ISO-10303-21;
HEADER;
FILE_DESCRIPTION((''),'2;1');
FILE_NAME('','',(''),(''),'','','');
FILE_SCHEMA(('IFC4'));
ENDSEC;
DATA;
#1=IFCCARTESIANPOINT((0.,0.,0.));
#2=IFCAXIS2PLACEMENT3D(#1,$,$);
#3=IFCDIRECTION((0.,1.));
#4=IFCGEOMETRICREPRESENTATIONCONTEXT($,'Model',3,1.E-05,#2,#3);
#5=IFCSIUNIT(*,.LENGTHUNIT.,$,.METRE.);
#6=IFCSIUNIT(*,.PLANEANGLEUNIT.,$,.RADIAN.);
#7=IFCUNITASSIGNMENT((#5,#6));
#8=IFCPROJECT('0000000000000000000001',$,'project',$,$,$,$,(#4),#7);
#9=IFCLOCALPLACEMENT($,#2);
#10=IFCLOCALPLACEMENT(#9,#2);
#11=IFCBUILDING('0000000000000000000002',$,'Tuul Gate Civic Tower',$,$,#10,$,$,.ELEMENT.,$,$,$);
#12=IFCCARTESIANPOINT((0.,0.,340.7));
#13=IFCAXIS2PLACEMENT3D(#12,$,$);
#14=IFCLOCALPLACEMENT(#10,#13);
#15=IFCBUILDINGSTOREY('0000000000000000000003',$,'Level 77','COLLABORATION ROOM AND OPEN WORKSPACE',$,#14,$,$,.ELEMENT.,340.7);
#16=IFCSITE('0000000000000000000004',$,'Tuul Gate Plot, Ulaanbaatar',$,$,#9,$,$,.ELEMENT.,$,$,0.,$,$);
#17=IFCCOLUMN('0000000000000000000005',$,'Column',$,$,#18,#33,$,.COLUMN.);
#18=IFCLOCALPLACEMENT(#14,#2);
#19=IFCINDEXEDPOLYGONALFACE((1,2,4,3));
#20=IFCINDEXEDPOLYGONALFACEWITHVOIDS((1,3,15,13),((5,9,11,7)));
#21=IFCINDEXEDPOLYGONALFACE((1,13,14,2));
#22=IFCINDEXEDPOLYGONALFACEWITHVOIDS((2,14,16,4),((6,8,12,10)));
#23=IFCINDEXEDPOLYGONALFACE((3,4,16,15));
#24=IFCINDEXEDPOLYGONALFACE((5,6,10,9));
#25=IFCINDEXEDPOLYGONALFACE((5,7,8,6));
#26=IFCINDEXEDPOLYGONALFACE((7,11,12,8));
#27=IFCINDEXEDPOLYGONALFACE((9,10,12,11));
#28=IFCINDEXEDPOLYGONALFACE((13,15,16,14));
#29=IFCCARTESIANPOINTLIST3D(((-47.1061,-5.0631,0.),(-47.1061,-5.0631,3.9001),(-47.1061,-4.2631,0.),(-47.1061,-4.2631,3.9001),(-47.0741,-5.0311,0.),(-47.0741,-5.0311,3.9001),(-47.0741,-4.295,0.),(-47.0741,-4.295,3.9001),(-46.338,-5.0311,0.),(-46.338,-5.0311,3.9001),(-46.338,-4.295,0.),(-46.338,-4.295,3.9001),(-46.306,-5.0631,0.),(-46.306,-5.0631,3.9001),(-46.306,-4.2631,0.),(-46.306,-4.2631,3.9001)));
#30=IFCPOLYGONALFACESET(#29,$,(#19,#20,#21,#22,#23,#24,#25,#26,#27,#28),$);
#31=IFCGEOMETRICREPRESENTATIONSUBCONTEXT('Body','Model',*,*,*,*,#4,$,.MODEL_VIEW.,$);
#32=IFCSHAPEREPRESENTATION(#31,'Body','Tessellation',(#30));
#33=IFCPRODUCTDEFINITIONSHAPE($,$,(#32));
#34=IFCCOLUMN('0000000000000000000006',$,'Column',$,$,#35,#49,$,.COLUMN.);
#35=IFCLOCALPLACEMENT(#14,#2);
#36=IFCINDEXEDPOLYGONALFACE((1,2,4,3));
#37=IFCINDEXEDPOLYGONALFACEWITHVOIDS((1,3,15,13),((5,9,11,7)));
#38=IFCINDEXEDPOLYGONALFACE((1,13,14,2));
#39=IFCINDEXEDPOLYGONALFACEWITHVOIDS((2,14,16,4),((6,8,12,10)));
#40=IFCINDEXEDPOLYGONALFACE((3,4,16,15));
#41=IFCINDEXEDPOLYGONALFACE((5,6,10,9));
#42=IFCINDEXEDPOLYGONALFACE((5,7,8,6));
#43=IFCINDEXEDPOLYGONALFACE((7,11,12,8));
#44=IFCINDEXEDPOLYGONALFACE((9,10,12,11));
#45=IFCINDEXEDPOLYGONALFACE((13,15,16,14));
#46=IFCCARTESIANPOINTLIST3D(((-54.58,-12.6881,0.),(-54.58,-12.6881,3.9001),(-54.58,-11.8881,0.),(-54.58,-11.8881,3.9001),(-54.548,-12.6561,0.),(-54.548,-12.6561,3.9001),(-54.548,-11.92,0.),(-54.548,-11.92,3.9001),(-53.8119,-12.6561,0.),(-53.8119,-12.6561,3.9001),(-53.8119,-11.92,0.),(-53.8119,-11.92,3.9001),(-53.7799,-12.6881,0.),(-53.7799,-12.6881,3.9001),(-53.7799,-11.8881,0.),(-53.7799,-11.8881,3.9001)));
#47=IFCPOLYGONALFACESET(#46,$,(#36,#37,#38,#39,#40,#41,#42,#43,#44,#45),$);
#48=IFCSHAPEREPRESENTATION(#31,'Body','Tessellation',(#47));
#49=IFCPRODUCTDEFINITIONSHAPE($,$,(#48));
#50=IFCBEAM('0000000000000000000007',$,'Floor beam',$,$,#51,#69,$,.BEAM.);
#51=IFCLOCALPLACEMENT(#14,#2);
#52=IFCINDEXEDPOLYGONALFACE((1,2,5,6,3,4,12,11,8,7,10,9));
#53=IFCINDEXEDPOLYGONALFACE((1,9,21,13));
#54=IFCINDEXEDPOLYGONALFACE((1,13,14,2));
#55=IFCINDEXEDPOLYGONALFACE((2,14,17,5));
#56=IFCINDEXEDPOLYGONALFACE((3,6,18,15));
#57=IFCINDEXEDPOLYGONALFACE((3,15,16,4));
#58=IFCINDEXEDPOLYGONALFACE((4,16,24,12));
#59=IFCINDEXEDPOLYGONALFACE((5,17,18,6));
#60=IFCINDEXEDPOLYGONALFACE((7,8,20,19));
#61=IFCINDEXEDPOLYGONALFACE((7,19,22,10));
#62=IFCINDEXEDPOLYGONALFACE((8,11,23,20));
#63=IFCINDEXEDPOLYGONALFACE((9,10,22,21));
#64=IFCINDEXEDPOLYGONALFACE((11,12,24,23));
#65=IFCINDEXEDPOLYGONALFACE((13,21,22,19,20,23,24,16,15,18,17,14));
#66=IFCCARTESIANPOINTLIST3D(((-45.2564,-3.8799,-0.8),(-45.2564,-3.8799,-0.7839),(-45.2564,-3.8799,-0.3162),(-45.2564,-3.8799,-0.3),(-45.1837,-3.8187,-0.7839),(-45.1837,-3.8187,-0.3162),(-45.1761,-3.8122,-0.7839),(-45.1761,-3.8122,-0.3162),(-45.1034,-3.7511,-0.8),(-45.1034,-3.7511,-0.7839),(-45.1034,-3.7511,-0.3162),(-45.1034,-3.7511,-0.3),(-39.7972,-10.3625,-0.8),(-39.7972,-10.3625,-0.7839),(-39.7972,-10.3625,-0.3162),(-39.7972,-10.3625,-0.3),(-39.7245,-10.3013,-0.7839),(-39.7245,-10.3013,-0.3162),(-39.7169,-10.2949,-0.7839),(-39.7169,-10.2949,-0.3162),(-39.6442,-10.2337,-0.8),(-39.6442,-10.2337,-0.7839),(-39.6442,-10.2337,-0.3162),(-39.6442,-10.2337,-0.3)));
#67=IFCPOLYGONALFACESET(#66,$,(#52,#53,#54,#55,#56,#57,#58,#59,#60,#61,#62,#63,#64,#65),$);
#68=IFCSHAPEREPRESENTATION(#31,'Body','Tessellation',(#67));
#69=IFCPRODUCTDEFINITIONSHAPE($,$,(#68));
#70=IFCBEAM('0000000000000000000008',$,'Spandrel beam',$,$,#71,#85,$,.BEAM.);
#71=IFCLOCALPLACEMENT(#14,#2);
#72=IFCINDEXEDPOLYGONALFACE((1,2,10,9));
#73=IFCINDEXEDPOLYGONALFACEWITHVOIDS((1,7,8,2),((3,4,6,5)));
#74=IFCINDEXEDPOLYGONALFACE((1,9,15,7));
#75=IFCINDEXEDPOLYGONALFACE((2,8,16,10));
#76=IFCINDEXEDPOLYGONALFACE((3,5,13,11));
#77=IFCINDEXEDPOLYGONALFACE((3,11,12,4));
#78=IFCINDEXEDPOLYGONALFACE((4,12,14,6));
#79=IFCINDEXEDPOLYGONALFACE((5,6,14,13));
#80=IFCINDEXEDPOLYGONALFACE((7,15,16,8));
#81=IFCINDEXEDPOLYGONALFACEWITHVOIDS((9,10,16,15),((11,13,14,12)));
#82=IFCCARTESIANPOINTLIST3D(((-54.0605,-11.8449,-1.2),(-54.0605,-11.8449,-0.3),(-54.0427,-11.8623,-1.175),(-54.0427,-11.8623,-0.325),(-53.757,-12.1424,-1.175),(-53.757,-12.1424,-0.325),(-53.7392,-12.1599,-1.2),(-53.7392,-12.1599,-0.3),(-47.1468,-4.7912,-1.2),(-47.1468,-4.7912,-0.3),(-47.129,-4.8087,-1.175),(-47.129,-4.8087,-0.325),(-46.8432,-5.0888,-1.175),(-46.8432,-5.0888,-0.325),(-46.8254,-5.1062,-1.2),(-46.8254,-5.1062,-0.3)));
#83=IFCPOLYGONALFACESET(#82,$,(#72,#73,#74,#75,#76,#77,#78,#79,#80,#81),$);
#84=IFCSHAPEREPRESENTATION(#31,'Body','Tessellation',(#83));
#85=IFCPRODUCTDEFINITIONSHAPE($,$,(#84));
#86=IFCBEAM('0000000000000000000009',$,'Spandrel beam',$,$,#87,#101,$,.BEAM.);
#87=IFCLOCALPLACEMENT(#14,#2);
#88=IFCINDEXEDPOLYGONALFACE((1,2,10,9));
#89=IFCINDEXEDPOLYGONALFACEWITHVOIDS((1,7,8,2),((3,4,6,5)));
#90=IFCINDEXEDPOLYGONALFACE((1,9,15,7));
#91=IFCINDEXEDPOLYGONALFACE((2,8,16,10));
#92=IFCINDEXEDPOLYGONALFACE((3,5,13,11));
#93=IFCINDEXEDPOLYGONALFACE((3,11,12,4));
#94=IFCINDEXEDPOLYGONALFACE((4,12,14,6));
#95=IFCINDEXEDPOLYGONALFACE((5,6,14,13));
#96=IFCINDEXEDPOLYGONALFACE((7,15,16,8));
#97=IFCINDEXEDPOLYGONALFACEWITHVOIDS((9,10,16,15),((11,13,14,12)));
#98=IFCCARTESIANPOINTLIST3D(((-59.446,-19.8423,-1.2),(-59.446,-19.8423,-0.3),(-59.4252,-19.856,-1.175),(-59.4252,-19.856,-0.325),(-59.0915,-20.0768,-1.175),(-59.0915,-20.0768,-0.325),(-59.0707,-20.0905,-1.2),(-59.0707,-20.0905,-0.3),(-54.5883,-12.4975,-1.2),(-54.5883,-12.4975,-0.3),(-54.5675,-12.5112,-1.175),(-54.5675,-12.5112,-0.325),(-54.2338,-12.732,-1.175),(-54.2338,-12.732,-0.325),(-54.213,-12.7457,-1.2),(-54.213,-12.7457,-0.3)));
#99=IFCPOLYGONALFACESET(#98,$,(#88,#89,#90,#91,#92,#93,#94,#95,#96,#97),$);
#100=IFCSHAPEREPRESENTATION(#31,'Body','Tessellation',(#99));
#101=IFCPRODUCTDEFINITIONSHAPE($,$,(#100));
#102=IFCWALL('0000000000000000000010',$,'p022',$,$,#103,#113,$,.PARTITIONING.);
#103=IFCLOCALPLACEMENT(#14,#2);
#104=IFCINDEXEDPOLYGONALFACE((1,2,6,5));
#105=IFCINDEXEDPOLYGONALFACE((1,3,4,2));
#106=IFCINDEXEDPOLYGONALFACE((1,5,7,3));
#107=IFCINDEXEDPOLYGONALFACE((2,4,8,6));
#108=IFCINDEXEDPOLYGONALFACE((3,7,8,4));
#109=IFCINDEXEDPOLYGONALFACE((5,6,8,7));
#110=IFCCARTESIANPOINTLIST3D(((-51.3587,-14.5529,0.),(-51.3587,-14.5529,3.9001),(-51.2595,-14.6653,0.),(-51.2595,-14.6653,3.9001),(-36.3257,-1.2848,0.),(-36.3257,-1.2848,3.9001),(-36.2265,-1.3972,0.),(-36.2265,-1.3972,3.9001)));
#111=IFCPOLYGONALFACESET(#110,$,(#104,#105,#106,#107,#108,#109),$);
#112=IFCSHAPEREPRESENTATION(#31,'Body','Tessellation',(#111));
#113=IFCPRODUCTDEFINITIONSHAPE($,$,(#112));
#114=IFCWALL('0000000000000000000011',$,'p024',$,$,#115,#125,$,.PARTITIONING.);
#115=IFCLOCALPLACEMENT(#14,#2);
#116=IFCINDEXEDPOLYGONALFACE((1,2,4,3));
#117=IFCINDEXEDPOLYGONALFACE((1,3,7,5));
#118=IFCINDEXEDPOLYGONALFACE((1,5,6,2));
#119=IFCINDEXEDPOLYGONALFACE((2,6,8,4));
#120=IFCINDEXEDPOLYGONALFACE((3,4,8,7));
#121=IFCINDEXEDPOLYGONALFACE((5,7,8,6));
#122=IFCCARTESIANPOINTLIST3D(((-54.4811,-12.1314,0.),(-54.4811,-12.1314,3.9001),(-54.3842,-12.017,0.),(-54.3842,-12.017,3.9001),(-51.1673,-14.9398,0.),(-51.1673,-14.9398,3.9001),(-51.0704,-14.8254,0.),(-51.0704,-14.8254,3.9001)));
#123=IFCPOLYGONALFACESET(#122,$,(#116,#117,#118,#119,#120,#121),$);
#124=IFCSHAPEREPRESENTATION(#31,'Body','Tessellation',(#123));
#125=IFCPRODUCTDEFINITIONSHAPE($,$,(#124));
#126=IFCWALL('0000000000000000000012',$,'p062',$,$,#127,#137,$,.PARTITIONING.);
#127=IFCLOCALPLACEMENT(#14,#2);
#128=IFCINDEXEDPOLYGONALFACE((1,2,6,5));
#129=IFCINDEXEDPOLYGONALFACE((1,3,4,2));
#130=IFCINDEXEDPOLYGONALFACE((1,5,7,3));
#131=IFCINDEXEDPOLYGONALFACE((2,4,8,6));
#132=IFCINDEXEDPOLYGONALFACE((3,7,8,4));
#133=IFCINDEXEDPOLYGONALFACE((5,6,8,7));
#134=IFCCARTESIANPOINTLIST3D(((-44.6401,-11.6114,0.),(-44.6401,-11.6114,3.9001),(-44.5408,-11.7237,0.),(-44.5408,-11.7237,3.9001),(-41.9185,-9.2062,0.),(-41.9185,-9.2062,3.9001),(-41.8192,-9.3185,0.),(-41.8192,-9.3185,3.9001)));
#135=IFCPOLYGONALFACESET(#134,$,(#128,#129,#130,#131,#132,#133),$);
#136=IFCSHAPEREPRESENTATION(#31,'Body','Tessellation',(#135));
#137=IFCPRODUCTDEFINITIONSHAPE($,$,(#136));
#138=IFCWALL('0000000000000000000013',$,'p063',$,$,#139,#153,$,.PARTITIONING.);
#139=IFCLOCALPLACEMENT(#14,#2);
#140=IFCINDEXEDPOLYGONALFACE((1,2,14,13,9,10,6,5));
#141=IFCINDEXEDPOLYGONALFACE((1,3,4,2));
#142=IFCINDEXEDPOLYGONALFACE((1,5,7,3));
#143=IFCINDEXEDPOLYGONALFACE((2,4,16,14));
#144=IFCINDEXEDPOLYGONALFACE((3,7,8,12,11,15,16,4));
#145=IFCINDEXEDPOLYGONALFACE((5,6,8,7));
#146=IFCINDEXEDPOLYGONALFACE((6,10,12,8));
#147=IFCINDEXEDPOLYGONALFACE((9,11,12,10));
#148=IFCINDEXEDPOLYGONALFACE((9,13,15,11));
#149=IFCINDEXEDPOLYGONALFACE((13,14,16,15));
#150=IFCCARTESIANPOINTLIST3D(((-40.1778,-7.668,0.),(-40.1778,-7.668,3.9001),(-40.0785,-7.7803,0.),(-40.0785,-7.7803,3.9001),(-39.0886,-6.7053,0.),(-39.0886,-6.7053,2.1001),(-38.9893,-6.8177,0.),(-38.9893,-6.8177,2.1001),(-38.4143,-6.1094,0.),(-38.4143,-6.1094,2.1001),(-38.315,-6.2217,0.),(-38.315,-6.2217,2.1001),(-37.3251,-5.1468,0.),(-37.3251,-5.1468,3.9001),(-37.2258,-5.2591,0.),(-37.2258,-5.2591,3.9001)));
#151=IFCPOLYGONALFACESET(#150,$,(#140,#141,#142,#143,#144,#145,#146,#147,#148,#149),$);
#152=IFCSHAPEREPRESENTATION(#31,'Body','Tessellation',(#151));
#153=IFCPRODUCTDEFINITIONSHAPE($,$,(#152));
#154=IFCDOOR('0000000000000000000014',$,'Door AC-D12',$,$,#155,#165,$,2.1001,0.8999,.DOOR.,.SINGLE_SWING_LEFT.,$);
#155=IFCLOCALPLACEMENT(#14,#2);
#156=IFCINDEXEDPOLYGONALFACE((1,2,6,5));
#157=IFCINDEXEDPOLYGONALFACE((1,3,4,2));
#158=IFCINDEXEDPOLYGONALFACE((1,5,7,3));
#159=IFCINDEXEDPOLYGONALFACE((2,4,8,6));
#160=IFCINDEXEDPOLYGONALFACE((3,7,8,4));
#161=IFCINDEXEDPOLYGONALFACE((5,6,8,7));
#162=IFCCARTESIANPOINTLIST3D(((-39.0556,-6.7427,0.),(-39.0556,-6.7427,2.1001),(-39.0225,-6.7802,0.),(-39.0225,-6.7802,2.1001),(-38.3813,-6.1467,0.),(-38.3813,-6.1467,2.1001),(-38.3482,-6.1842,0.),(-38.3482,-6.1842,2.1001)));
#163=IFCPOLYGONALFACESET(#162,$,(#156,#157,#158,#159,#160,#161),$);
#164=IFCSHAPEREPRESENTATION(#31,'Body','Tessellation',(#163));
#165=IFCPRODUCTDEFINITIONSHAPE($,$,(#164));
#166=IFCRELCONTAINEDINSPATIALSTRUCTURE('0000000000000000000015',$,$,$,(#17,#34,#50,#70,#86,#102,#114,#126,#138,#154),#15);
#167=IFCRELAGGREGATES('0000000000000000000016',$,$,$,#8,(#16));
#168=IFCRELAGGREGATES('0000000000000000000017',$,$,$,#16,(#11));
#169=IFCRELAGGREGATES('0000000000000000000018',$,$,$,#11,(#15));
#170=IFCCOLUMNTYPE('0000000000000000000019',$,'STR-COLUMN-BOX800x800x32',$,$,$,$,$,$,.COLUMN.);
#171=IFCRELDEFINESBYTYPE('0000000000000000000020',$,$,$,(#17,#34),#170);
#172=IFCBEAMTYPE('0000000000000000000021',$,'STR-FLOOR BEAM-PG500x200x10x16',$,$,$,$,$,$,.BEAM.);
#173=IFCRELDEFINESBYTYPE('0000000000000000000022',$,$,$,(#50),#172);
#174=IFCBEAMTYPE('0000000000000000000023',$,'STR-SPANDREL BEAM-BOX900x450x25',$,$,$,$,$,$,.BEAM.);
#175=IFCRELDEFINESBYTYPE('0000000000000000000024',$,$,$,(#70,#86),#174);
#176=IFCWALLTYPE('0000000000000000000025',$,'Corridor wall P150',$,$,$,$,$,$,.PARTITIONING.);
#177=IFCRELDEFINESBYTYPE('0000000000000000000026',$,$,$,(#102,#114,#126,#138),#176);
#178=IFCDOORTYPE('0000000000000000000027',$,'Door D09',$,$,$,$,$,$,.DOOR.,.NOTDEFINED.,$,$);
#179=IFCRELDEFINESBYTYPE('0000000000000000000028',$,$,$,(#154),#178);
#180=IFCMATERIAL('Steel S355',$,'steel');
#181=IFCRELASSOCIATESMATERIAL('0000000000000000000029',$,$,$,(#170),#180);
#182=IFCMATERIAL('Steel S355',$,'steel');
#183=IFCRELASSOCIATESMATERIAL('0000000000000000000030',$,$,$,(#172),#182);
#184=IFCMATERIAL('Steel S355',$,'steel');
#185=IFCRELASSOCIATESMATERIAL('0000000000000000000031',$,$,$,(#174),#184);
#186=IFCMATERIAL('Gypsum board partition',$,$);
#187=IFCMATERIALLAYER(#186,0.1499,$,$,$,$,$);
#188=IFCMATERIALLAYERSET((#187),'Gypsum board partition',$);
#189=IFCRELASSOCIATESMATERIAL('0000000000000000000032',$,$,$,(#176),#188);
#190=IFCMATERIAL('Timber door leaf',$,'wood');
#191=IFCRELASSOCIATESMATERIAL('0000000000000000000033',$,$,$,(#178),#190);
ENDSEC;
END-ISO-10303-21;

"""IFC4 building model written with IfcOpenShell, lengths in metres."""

from ifc_helpers import new_model, si_unit, direction, frame, frame_2d, origin, origin_2d, place, context, subcontext, project, spatial, rectangle, hollow_rectangle, i_section, extrude, material, layer, layer_set, material_profile, profile_set, type_object, element, fill, save


model = new_model("IFC4")

# Units and contexts
model_context = context("Model", 3, precision=1e-05, world=origin(), true_north=direction((0.0, 1.0)))
body_context = subcontext(model_context, "Body", "Model", "MODEL_VIEW")
ifc_project = project(units=[si_unit("LENGTHUNIT", "METRE"), si_unit("PLANEANGLEUNIT", "RADIAN")], contexts=[model_context])

# Site, building, storey
site_placement = place(None, origin())
site = spatial("IfcSite", under=ifc_project, at=site_placement, Name="Tuul Gate Plot, Ulaanbaatar", CompositionType="ELEMENT", RefElevation=0.0)
building_placement = place(site_placement, origin())
building = spatial("IfcBuilding", under=site, at=building_placement, Name="Tuul Gate Civic Tower", CompositionType="ELEMENT")
storey_placement = place(building_placement, frame((0.0, 0.0, 340.7)))
storey = spatial("IfcBuildingStorey", under=building, at=storey_placement, Name="Level 77", Description="COLLABORATION ROOM AND OPEN WORKSPACE", CompositionType="ELEMENT", Elevation=340.7)

# Columns
ifc_material_1 = material(Name="Steel S355", Category="steel")
ifc_material_profile_1 = material_profile(ifc_material_1, hollow_rectangle(XDim=0.8, YDim=0.8, WallThickness=0.032, at=origin_2d()), Name="BOX800x800x32")
ifc_profile_set_1 = profile_set([ifc_material_profile_1], Name="Steel S355")
column_type = type_object("IfcColumnType", Name="STR-COLUMN-BOX800x800x32", PredefinedType="COLUMN", material=ifc_profile_set_1)
for number, where, z_axis, x_axis, name in (
    (1, (-46.7061, -4.6631, 0.0), (0.0, 0.0, 1.0), (1.0, 0.0, 0.0), "Column"),
    (2, (-54.1799, -12.2881, 0.0), (0.0, 0.0, 1.0), (1.0, 0.0, 0.0), "Column"),
):
    element("IfcColumn", number, at=place(storey_placement, frame(where, z_axis=z_axis, x_axis=x_axis)), inside=storey, type_object=column_type, Name=name, PredefinedType="COLUMN", context=body_context, shape_type="SweptSolid", body=[
        extrude(hollow_rectangle(XDim=0.8, YDim=0.8, WallThickness=0.032, at=origin_2d()), origin(), (0.0, 0.0, 1.0), 3.9001),
    ])

# Beams
ifc_material_2 = material(Name="Steel S355", Category="steel")
ifc_material_profile_2 = material_profile(ifc_material_2, i_section(OverallWidth=0.2, OverallDepth=0.5, WebThickness=0.01, FlangeThickness=0.0161, at=origin_2d()), Name="PG500x200x10x16")
ifc_profile_set_2 = profile_set([ifc_material_profile_2], Name="Steel S355")
beam_type_1 = type_object("IfcBeamType", Name="STR-FLOOR BEAM-PG500x200x10x16", PredefinedType="BEAM", material=ifc_profile_set_2)
beam_1_placement = place(storey_placement, frame((-39.7207, -10.2981, -0.55), z_axis=(-0.644146, 0.764903, 0.0), x_axis=(-0.764903, -0.644146, 0.0)))
element("IfcBeam", 3, at=beam_1_placement, inside=storey, type_object=beam_type_1, Name="Floor beam", PredefinedType="BEAM", context=body_context, shape_type="SweptSolid", body=[
    extrude(i_section(OverallWidth=0.2, OverallDepth=0.5, WebThickness=0.01, FlangeThickness=0.0161, at=origin_2d()), origin(), (0.0, 0.0, 1.0), 8.4751),
])
ifc_material_3 = material(Name="Steel S355", Category="steel")
ifc_material_profile_3 = material_profile(ifc_material_3, hollow_rectangle(XDim=0.45, YDim=0.8999, WallThickness=0.0249, at=origin_2d()), Name="BOX900x450x25")
ifc_profile_set_3 = profile_set([ifc_material_profile_3], Name="Steel S355")
beam_type_2 = type_object("IfcBeamType", Name="STR-SPANDREL BEAM-BOX900x450x25", PredefinedType="BEAM", material=ifc_profile_set_3)
beam_2_placement = place(storey_placement, frame((-46.9861, -4.9487, -0.75), z_axis=(-0.69999, -0.714153, 0.0), x_axis=(0.714153, -0.69999, 0.0)))
element("IfcBeam", 4, at=beam_2_placement, inside=storey, type_object=beam_type_2, Name="Spandrel beam", PredefinedType="BEAM", context=body_context, shape_type="SweptSolid", body=[
    extrude(hollow_rectangle(XDim=0.45, YDim=0.8999, WallThickness=0.0249, at=origin_2d()), origin(), (0.0, 0.0, 1.0), 9.877),
])
beam_3_placement = place(storey_placement, frame((-54.4006, -12.6216, -0.75), z_axis=(-0.551645, -0.834079, 0.0), x_axis=(0.834079, -0.551645, 0.0)))
element("IfcBeam", 5, at=beam_3_placement, inside=storey, type_object=beam_type_2, Name="Spandrel beam", PredefinedType="BEAM", context=body_context, shape_type="SweptSolid", body=[
    extrude(hollow_rectangle(XDim=0.45, YDim=0.8999, WallThickness=0.0249, at=origin_2d()), origin(), (0.0, 0.0, 1.0), 8.8059),
])

# Walls
ifc_material_4 = material(Name="Gypsum board partition")
ifc_layer_1 = layer(ifc_material_4, 0.1499)
ifc_layer_set_1 = layer_set([ifc_layer_1], Name="Gypsum board partition")
wall_type_1 = type_object("IfcWallType", Name="Corridor wall P150", PredefinedType="PARTITIONING", material=ifc_layer_set_1)
wall_1_placement = place(storey_placement, frame((-51.3091, -14.6091, 0.0), z_axis=(0.0, 0.0, 1.0), x_axis=(0.749747, 0.661725, 0.0)))
element("IfcWall", 6, at=wall_1_placement, inside=storey, type_object=wall_type_1, Name="p022", PredefinedType="PARTITIONING", context=body_context, shape_type="SweptSolid", body=[
    extrude(rectangle(XDim=20.0508, YDim=0.1499, at=frame_2d((10.0254, 0.0))), origin(), (0.0, 0.0, 1.0), 3.9001),
])
wall_2_placement = place(storey_placement, frame((-54.4326, -12.0742, 0.0), z_axis=(0.0, 0.0, 1.0), x_axis=(0.762883, -0.646537, 0.0)))
element("IfcWall", 7, at=wall_2_placement, inside=storey, type_object=wall_type_1, Name="p024", PredefinedType="PARTITIONING", context=body_context, shape_type="SweptSolid", body=[
    extrude(rectangle(XDim=4.3438, YDim=0.1499, at=frame_2d((2.1719, 0.0))), origin(), (0.0, 0.0, 1.0), 3.9001),
])
wall_3_placement = place(storey_placement, frame((-44.5903, -11.6675, 0.0), z_axis=(0.0, 0.0, 1.0), x_axis=(0.74932, 0.662208, 0.0)))
element("IfcWall", 8, at=wall_3_placement, inside=storey, type_object=wall_type_1, Name="p062", PredefinedType="PARTITIONING", context=body_context, shape_type="SweptSolid", body=[
    extrude(rectangle(XDim=3.6321, YDim=0.1499, at=frame_2d((1.8159, 0.0))), origin(), (0.0, 0.0, 1.0), 3.9001),
])

# Wall, opening, door
wall_4_placement = place(storey_placement, frame((-40.1282, -7.7241, 0.0), z_axis=(0.0, 0.0, 1.0), x_axis=(0.749306, 0.662224, 0.0)))
wall_4 = element("IfcWall", 9, at=wall_4_placement, inside=storey, type_object=wall_type_1, Name="p063", PredefinedType="PARTITIONING", context=body_context, shape_type="SweptSolid", body=[
    extrude(rectangle(XDim=3.8071, YDim=0.1499, at=frame_2d((1.9036, 0.0))), origin(), (0.0, 0.0, 1.0), 3.9001),
])
opening_1_placement = place(wall_4_placement, frame((1.4536, 0.0, 0.0)))
opening_1 = element("IfcOpeningElement", 10, at=opening_1_placement, cuts=wall_4, PredefinedType="OPENING", context=body_context, shape_type="SweptSolid", body=[
    extrude(rectangle(XDim=0.8999, YDim=2.1001, at=frame_2d((0.45, 1.05))), frame((0.0, 0.085, 0.0), z_axis=(0.0, -1.0, 0.0), x_axis=(1.0, 0.0, 0.0)), (0.0, 0.0, 1.0), 0.1699),
])
ifc_material_5 = material(Name="Timber door leaf", Category="wood")
door_type_1 = type_object("IfcDoorType", Name="Door D09", OperationType="NOTDEFINED", PredefinedType="DOOR", material=ifc_material_5)
door_1_placement = place(opening_1_placement, frame((0.8999, 0.0, 0.0), z_axis=(0.0, 0.0, 1.0), x_axis=(-1.0, 0.0, 0.0)))
door_1 = element("IfcDoor", 11, at=door_1_placement, inside=storey, type_object=door_type_1, Name="Door AC-D12", OperationType="SINGLE_SWING_LEFT", OverallHeight=2.1001, OverallWidth=0.8999, PredefinedType="DOOR", context=body_context, shape_type="SweptSolid", body=[
    extrude(rectangle(XDim=0.8999, YDim=2.1001, at=frame_2d((0.45, 1.05))), frame((0.0, 0.0249, 0.0), z_axis=(0.0, -1.0, 0.0), x_axis=(1.0, 0.0, 0.0)), (0.0, 0.0, 1.0), 0.05),
])
fill(opening_1, door_1)

save(model, "model.ifc")
